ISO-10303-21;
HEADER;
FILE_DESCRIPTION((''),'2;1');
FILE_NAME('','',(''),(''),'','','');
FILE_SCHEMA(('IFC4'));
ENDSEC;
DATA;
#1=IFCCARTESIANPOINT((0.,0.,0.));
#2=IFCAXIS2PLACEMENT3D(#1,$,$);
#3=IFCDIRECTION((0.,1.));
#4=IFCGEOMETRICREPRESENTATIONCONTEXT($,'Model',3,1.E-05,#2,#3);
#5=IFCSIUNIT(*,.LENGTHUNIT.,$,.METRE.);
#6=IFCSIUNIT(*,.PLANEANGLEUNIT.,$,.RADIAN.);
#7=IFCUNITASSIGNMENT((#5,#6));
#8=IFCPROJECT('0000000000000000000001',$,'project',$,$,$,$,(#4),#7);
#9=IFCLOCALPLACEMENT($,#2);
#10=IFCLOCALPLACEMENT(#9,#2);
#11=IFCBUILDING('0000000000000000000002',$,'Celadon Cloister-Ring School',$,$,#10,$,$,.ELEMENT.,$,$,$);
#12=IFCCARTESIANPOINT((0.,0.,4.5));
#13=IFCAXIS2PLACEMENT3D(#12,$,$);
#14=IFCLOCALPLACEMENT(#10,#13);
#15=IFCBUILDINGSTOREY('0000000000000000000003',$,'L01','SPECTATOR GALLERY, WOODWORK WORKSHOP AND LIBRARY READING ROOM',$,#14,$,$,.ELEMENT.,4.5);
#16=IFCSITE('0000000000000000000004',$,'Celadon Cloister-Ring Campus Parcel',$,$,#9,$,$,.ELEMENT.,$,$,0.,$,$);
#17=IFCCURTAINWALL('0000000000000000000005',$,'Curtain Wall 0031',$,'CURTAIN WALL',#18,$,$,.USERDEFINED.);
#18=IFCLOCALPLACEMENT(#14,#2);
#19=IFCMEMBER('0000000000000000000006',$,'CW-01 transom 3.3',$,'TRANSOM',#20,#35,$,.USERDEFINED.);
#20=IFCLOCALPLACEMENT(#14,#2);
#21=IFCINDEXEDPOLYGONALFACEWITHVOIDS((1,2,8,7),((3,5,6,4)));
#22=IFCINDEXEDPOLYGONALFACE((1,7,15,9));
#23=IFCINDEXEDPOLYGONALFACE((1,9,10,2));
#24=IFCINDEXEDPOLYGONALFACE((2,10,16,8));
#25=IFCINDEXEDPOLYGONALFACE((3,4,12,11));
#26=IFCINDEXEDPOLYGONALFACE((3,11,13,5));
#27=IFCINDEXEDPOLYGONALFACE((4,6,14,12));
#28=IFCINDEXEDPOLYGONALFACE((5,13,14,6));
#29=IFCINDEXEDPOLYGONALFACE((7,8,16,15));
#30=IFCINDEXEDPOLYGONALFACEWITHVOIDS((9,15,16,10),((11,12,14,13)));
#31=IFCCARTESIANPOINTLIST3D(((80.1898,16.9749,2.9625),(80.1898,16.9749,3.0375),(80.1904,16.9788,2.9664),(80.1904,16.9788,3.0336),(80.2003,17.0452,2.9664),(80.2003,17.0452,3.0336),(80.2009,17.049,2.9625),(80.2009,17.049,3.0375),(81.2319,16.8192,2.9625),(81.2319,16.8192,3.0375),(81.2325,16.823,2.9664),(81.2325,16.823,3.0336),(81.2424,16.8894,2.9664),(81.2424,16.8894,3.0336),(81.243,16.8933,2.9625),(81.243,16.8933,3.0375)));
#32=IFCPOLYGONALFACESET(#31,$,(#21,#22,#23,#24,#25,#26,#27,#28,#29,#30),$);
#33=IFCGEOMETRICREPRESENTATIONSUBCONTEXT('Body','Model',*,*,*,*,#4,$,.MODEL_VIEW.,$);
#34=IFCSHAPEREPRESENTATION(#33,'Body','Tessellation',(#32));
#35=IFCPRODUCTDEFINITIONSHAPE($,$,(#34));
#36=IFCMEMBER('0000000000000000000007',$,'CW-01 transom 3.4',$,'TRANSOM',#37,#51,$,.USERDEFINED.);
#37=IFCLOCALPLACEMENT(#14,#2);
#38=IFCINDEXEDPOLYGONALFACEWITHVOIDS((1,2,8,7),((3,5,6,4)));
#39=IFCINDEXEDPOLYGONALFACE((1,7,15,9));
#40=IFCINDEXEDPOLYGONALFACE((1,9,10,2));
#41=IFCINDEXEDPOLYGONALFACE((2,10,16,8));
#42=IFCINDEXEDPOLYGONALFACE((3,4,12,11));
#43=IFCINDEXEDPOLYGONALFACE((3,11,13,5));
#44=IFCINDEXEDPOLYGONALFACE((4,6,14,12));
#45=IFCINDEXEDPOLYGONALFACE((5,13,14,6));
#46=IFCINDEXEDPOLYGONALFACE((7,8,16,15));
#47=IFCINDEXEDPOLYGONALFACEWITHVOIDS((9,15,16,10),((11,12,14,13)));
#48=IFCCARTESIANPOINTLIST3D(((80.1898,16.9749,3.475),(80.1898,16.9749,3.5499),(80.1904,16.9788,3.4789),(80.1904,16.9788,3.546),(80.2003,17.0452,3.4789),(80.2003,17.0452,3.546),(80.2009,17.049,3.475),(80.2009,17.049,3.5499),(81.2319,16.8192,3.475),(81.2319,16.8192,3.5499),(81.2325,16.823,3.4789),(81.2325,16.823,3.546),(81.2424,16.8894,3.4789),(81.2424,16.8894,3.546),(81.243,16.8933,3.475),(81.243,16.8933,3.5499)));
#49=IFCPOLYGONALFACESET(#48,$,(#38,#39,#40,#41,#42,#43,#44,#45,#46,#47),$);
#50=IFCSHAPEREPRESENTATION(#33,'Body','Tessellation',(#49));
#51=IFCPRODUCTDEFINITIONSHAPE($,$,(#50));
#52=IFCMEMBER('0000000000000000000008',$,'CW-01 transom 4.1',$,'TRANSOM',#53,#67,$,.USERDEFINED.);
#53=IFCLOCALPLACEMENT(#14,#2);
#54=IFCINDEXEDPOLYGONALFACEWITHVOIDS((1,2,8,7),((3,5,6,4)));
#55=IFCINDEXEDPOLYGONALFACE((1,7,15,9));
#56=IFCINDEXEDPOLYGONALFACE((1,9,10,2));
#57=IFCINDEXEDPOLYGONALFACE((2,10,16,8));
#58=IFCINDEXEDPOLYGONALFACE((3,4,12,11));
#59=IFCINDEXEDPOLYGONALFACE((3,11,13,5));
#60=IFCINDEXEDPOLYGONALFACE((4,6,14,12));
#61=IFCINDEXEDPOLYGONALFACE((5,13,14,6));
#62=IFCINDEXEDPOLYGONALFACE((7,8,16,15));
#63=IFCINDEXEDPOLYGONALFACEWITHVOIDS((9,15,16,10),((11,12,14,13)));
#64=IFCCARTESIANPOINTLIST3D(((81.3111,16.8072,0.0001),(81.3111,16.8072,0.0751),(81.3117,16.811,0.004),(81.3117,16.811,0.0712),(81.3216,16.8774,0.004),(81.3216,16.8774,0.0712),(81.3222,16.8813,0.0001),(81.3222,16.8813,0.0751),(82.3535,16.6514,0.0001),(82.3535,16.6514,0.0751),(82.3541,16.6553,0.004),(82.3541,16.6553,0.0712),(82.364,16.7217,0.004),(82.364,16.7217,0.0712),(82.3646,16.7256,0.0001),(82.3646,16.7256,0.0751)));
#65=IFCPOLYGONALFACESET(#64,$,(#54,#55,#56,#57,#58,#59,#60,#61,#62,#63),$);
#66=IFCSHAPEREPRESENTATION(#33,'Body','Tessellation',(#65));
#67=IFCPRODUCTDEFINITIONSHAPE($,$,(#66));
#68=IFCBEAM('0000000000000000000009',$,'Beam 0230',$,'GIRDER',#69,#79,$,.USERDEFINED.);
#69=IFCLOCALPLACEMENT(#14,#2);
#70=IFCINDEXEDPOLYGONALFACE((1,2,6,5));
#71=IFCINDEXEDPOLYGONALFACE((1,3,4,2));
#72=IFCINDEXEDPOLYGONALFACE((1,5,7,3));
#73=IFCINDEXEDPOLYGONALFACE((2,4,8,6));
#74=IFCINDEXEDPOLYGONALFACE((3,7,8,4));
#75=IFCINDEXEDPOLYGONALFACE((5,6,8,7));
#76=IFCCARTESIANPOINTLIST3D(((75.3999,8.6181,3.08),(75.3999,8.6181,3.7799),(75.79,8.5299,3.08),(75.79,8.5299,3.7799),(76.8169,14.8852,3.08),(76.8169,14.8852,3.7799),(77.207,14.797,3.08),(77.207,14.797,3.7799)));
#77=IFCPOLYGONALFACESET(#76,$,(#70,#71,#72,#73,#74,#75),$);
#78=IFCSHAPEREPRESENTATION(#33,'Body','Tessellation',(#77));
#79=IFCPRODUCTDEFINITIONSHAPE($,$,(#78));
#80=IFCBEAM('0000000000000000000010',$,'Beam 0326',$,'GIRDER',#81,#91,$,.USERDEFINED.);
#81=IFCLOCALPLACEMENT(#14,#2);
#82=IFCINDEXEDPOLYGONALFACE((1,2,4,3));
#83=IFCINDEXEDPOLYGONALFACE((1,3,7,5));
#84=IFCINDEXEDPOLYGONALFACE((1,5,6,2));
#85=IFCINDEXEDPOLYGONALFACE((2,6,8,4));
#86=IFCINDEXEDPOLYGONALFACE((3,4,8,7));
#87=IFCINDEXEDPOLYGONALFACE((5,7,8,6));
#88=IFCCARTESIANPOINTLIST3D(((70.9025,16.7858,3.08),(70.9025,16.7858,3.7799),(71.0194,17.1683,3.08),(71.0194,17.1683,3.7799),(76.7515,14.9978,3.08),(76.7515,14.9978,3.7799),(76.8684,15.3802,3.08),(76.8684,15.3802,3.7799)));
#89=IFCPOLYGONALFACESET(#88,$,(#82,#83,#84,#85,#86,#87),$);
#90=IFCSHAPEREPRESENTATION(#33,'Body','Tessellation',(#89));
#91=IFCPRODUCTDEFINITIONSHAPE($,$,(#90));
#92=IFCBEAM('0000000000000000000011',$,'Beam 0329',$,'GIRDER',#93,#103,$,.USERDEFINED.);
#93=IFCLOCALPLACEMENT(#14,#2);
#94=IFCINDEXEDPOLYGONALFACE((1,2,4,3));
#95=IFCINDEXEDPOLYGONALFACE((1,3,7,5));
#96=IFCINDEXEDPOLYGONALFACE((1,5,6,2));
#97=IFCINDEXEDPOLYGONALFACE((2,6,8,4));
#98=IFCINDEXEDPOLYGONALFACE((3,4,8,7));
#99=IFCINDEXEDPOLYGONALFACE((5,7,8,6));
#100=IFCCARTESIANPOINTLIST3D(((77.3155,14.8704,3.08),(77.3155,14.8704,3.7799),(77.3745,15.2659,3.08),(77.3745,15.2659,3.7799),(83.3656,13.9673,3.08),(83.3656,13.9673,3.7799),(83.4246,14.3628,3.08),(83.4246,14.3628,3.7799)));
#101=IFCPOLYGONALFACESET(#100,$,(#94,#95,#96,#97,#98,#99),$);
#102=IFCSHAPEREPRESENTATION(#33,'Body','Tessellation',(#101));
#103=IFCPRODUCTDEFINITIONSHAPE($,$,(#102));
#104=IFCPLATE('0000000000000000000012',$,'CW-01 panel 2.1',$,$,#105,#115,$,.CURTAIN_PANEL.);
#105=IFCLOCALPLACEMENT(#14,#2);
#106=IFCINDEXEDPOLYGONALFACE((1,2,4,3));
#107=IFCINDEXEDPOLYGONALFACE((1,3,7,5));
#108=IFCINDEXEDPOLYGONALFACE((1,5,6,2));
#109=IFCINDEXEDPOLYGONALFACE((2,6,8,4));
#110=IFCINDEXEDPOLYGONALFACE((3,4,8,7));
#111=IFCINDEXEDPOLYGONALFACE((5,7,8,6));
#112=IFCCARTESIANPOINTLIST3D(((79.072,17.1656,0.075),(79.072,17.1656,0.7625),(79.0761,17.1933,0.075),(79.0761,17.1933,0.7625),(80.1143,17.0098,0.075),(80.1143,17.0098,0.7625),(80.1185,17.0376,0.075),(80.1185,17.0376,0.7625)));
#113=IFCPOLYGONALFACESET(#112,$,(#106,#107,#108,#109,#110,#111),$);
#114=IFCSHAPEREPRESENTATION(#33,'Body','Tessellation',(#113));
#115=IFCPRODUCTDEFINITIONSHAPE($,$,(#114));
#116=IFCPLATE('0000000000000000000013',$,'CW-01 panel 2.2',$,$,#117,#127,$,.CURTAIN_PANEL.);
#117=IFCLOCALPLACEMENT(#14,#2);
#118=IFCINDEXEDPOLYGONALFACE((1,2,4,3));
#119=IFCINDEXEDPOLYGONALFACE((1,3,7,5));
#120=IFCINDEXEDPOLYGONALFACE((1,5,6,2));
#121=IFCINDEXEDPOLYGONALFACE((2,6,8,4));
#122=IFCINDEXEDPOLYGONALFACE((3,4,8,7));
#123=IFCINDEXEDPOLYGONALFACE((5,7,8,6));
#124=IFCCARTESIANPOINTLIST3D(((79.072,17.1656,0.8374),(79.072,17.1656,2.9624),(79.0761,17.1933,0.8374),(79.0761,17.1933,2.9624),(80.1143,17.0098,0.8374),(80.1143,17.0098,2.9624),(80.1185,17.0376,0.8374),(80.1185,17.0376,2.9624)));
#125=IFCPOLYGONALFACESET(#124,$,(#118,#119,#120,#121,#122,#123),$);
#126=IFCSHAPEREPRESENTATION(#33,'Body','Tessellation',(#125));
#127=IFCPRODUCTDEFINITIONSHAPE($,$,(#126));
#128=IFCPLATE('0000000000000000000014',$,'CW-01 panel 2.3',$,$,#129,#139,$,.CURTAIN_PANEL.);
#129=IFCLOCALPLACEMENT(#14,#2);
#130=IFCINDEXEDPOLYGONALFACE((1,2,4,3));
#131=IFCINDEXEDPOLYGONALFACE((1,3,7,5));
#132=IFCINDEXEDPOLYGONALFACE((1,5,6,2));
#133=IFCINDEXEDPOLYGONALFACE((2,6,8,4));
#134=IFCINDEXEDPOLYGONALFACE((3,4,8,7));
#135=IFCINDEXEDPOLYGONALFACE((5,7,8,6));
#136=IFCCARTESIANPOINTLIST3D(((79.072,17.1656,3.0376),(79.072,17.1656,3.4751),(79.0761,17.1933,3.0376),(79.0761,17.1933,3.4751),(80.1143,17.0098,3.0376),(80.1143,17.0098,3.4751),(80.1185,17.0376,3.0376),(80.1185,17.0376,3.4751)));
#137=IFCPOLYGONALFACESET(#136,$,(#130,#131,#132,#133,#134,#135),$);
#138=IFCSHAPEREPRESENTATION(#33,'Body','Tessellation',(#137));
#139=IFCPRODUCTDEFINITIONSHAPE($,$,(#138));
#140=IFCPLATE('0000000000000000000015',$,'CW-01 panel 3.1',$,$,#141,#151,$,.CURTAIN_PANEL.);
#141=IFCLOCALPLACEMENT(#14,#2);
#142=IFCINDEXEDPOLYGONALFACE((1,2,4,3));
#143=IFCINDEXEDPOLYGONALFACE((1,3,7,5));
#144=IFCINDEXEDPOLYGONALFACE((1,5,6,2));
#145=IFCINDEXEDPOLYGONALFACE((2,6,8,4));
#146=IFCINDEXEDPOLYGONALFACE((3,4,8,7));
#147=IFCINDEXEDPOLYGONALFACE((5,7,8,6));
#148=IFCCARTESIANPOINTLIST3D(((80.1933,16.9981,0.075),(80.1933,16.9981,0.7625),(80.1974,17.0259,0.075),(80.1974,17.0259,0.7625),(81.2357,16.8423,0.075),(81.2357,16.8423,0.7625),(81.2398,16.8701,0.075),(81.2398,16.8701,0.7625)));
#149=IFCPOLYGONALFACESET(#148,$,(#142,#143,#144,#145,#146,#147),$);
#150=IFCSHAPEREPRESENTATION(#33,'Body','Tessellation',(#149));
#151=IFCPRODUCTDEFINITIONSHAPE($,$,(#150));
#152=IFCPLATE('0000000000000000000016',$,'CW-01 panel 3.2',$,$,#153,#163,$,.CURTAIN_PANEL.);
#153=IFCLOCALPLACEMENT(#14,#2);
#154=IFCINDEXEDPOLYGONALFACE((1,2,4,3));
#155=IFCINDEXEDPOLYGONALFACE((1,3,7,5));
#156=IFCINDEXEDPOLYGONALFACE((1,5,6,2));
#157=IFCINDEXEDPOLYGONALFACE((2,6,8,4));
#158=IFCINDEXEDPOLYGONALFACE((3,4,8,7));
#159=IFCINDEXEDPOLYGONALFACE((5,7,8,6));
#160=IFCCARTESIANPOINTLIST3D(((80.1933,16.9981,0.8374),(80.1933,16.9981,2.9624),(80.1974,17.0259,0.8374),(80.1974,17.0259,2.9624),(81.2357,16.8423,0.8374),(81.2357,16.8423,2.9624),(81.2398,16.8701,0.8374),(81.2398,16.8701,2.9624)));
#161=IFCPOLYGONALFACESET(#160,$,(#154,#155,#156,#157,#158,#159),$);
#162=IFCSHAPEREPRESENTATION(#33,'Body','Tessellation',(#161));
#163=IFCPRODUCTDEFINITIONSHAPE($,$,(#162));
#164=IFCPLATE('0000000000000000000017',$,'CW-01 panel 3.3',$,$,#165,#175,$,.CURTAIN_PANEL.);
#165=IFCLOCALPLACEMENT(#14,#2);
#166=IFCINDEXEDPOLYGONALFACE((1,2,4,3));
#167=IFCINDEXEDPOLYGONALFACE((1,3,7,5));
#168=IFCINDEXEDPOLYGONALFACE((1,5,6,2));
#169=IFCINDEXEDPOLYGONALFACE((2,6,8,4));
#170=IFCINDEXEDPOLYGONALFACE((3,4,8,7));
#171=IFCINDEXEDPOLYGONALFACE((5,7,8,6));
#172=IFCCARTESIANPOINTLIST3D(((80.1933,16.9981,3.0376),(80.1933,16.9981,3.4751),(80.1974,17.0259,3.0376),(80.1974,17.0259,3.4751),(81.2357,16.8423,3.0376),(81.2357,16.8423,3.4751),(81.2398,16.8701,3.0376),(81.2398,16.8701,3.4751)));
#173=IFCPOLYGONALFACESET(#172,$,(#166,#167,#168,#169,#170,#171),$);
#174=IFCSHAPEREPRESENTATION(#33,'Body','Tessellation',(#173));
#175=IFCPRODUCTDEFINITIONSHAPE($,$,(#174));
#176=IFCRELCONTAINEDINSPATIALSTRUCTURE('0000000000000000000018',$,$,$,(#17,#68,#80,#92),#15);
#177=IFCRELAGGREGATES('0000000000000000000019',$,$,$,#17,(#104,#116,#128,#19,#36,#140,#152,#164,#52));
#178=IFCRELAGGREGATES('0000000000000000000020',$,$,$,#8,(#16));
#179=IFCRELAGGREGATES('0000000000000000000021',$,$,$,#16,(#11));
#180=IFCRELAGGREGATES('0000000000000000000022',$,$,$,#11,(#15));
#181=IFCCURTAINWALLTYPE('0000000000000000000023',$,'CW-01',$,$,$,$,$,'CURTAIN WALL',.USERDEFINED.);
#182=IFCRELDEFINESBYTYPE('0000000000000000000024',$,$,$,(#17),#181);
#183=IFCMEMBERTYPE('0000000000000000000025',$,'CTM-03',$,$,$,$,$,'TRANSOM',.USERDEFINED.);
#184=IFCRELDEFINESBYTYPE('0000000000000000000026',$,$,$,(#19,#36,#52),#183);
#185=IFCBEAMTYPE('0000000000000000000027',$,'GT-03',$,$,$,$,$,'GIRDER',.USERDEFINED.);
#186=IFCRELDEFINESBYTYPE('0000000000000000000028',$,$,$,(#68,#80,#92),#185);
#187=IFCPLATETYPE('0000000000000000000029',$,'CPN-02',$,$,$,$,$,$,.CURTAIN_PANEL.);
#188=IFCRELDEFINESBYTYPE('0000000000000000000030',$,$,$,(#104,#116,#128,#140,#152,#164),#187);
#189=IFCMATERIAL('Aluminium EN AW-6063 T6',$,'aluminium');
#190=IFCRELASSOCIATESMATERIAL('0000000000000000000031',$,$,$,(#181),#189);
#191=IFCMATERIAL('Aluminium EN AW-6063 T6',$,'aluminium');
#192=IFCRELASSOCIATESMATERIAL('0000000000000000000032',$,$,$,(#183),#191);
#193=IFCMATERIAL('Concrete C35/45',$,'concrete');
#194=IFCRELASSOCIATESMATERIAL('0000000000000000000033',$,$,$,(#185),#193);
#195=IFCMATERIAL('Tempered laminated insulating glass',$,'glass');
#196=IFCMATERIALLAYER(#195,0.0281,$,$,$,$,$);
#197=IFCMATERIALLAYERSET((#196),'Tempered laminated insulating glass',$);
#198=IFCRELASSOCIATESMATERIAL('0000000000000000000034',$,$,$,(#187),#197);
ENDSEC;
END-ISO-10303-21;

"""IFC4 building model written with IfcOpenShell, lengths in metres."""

from ifc_helpers import new_model, si_unit, direction, frame, origin, origin_2d, place, context, subcontext, project, spatial, rectangle, hollow_rectangle, extrude, material, layer, layer_set, material_profile, profile_set, type_object, element, aggregate, save


model = new_model("IFC4")

# Units and contexts
model_context = context("Model", 3, precision=1e-05, world=origin(), true_north=direction((0.0, 1.0)))
body_context = subcontext(model_context, "Body", "Model", "MODEL_VIEW")
ifc_project = project(units=[si_unit("LENGTHUNIT", "METRE"), si_unit("PLANEANGLEUNIT", "RADIAN")], contexts=[model_context])

# Site, building, storey
site_placement = place(None, origin())
site = spatial("IfcSite", under=ifc_project, at=site_placement, Name="Celadon Cloister-Ring Campus Parcel", CompositionType="ELEMENT", RefElevation=0.0)
building_placement = place(site_placement, origin())
building = spatial("IfcBuilding", under=site, at=building_placement, Name="Celadon Cloister-Ring School", CompositionType="ELEMENT")
storey_placement = place(building_placement, frame((0.0, 0.0, 4.5)))
storey = spatial("IfcBuildingStorey", under=building, at=storey_placement, Name="L01", Description="SPECTATOR GALLERY, WOODWORK WORKSHOP AND LIBRARY READING ROOM", CompositionType="ELEMENT", Elevation=4.5)

# Curtain wall, members
ifc_material_1 = material(Name="Aluminium EN AW-6063 T6", Category="aluminium")
curtain_wall_type = type_object("IfcCurtainWallType", Name="CW-01", ElementType="CURTAIN WALL", PredefinedType="USERDEFINED", material=ifc_material_1)
curtain_wall_placement = place(storey_placement, origin())
curtain_wall = element("IfcCurtainWall", 1, at=curtain_wall_placement, inside=storey, type_object=curtain_wall_type, Name="Curtain Wall 0031", ObjectType="CURTAIN WALL", PredefinedType="USERDEFINED")
ifc_material_2 = material(Name="Aluminium EN AW-6063 T6", Category="aluminium")
ifc_material_profile_1 = material_profile(ifc_material_2, hollow_rectangle(XDim=0.075, YDim=0.075, WallThickness=0.0039, at=origin_2d()), Name="RHS75X75X4")
ifc_profile_set_1 = profile_set([ifc_material_profile_1], Name="Aluminium EN AW-6063 T6")
member_type_1 = type_object("IfcMemberType", Name="CTM-03", ElementType="TRANSOM", PredefinedType="USERDEFINED", material=ifc_profile_set_1)
member_1_placement = place(storey_placement, frame((80.1953, 17.012, 3.0), z_axis=(0.989016, -0.147808, 0.0), x_axis=(0.147808, 0.989016, 0.0)))
member_1 = element("IfcMember", 2, at=member_1_placement, type_object=member_type_1, Name="CW-01 transom 3.3", ObjectType="TRANSOM", PredefinedType="USERDEFINED", context=body_context, shape_type="SweptSolid", body=[
    extrude(hollow_rectangle(XDim=0.075, YDim=0.075, WallThickness=0.0039, at=origin_2d()), origin(), (0.0, 0.0, 1.0), 1.0537),
])
member_2_placement = place(storey_placement, frame((80.1953, 17.012, 3.5125), z_axis=(0.989016, -0.147808, 0.0), x_axis=(0.147808, 0.989016, 0.0)))
member_2 = element("IfcMember", 3, at=member_2_placement, type_object=member_type_1, Name="CW-01 transom 3.4", ObjectType="TRANSOM", PredefinedType="USERDEFINED", context=body_context, shape_type="SweptSolid", body=[
    extrude(hollow_rectangle(XDim=0.075, YDim=0.075, WallThickness=0.0039, at=origin_2d()), origin(), (0.0, 0.0, 1.0), 1.0537),
])
member_3_placement = place(storey_placement, frame((81.3167, 16.8442, 0.0376), z_axis=(0.989021, -0.147774, 0.0), x_axis=(0.147774, 0.989021, 0.0)))
member_3 = element("IfcMember", 4, at=member_3_placement, type_object=member_type_1, Name="CW-01 transom 4.1", ObjectType="TRANSOM", PredefinedType="USERDEFINED", context=body_context, shape_type="SweptSolid", body=[
    extrude(hollow_rectangle(XDim=0.075, YDim=0.075, WallThickness=0.0039, at=origin_2d()), origin(), (0.0, 0.0, 1.0), 1.054),
])

# Beams
ifc_material_3 = material(Name="Concrete C35/45", Category="concrete")
ifc_material_profile_2 = material_profile(ifc_material_3, rectangle(XDim=0.3999, YDim=0.7, at=origin_2d()), Name="RC400X700")
ifc_profile_set_2 = profile_set([ifc_material_profile_2], Name="Concrete C35/45")
beam_type_1 = type_object("IfcBeamType", Name="GT-03", ElementType="GIRDER", PredefinedType="USERDEFINED", material=ifc_profile_set_2)
beam_1_placement = place(storey_placement, frame((75.595, 8.574, 3.4299), z_axis=(0.220534, 0.975379, 0.0), x_axis=(-0.975379, 0.220534, 0.0)))
element("IfcBeam", 5, at=beam_1_placement, inside=storey, type_object=beam_type_1, Name="Beam 0230", ObjectType="GIRDER", PredefinedType="USERDEFINED", context=body_context, shape_type="SweptSolid", body=[
    extrude(rectangle(XDim=0.3999, YDim=0.7, at=origin_2d()), origin(), (0.0, 0.0, 1.0), 6.4253),
])
beam_2_placement = place(storey_placement, frame((70.9609, 16.9771, 3.4299), z_axis=(0.956313, -0.292346, 0.0), x_axis=(0.292346, 0.956313, 0.0)))
element("IfcBeam", 6, at=beam_2_placement, inside=storey, type_object=beam_type_1, Name="Beam 0326", ObjectType="GIRDER", PredefinedType="USERDEFINED", context=body_context, shape_type="SweptSolid", body=[
    extrude(rectangle(XDim=0.3999, YDim=0.7, at=origin_2d()), origin(), (0.0, 0.0, 1.0), 6.1162),
])
beam_3_placement = place(storey_placement, frame((77.345, 15.0681, 3.4299), z_axis=(0.989042, -0.147632, 0.0), x_axis=(0.147632, 0.989042, 0.0)))
element("IfcBeam", 7, at=beam_3_placement, inside=storey, type_object=beam_type_1, Name="Beam 0329", ObjectType="GIRDER", PredefinedType="USERDEFINED", context=body_context, shape_type="SweptSolid", body=[
    extrude(rectangle(XDim=0.3999, YDim=0.7, at=origin_2d()), origin(), (0.0, 0.0, 1.0), 6.1172),
])

# Plates
ifc_material_4 = material(Name="Tempered laminated insulating glass", Category="glass")
ifc_layer_1 = layer(ifc_material_4, 0.0281)
ifc_layer_set_1 = layer_set([ifc_layer_1], Name="Tempered laminated insulating glass")
plate_type = type_object("IfcPlateType", Name="CPN-02", PredefinedType="CURTAIN_PANEL", material=ifc_layer_set_1)
plate_1_placement = place(storey_placement, frame((79.5952, 17.1016, 0.075), z_axis=(0.0, 0.0, 1.0), x_axis=(0.989015, -0.147814, 0.0)))
plate_1 = element("IfcPlate", 8, at=plate_1_placement, type_object=plate_type, Name="CW-01 panel 2.1", PredefinedType="CURTAIN_PANEL", context=body_context, shape_type="SweptSolid", body=[
    extrude(rectangle(XDim=1.054, YDim=0.0281, at=origin_2d()), origin(), (0.0, 0.0, 1.0), 0.6875),
])
plate_2_placement = place(storey_placement, frame((79.5952, 17.1016, 0.8374), z_axis=(0.0, 0.0, 1.0), x_axis=(0.989015, -0.147814, 0.0)))
plate_2 = element("IfcPlate", 9, at=plate_2_placement, type_object=plate_type, Name="CW-01 panel 2.2", PredefinedType="CURTAIN_PANEL", context=body_context, shape_type="SweptSolid", body=[
    extrude(rectangle(XDim=1.054, YDim=0.0281, at=origin_2d()), origin(), (0.0, 0.0, 1.0), 2.125),
])
plate_3_placement = place(storey_placement, frame((79.5952, 17.1016, 3.0376), z_axis=(0.0, 0.0, 1.0), x_axis=(0.989015, -0.147814, 0.0)))
plate_3 = element("IfcPlate", 10, at=plate_3_placement, type_object=plate_type, Name="CW-01 panel 2.3", PredefinedType="CURTAIN_PANEL", context=body_context, shape_type="SweptSolid", body=[
    extrude(rectangle(XDim=1.054, YDim=0.0281, at=origin_2d()), origin(), (0.0, 0.0, 1.0), 0.4375),
])
plate_4_placement = place(storey_placement, frame((80.7166, 16.9341, 0.075), z_axis=(0.0, 0.0, 1.0), x_axis=(0.989015, -0.147814, 0.0)))
plate_4 = element("IfcPlate", 11, at=plate_4_placement, type_object=plate_type, Name="CW-01 panel 3.1", PredefinedType="CURTAIN_PANEL", context=body_context, shape_type="SweptSolid", body=[
    extrude(rectangle(XDim=1.054, YDim=0.0281, at=origin_2d()), origin(), (0.0, 0.0, 1.0), 0.6875),
])
plate_5_placement = place(storey_placement, frame((80.7166, 16.9341, 0.8374), z_axis=(0.0, 0.0, 1.0), x_axis=(0.989015, -0.147814, 0.0)))
plate_5 = element("IfcPlate", 12, at=plate_5_placement, type_object=plate_type, Name="CW-01 panel 3.2", PredefinedType="CURTAIN_PANEL", context=body_context, shape_type="SweptSolid", body=[
    extrude(rectangle(XDim=1.054, YDim=0.0281, at=origin_2d()), origin(), (0.0, 0.0, 1.0), 2.125),
])
plate_6_placement = place(storey_placement, frame((80.7166, 16.9341, 3.0376), z_axis=(0.0, 0.0, 1.0), x_axis=(0.989015, -0.147814, 0.0)))
plate_6 = element("IfcPlate", 13, at=plate_6_placement, type_object=plate_type, Name="CW-01 panel 3.3", PredefinedType="CURTAIN_PANEL", context=body_context, shape_type="SweptSolid", body=[
    extrude(rectangle(XDim=1.054, YDim=0.0281, at=origin_2d()), origin(), (0.0, 0.0, 1.0), 0.4375),
])
aggregate(curtain_wall, [plate_1, plate_2, plate_3, member_1, member_2, plate_4, plate_5, plate_6, member_3])

save(model, "model.ifc")
